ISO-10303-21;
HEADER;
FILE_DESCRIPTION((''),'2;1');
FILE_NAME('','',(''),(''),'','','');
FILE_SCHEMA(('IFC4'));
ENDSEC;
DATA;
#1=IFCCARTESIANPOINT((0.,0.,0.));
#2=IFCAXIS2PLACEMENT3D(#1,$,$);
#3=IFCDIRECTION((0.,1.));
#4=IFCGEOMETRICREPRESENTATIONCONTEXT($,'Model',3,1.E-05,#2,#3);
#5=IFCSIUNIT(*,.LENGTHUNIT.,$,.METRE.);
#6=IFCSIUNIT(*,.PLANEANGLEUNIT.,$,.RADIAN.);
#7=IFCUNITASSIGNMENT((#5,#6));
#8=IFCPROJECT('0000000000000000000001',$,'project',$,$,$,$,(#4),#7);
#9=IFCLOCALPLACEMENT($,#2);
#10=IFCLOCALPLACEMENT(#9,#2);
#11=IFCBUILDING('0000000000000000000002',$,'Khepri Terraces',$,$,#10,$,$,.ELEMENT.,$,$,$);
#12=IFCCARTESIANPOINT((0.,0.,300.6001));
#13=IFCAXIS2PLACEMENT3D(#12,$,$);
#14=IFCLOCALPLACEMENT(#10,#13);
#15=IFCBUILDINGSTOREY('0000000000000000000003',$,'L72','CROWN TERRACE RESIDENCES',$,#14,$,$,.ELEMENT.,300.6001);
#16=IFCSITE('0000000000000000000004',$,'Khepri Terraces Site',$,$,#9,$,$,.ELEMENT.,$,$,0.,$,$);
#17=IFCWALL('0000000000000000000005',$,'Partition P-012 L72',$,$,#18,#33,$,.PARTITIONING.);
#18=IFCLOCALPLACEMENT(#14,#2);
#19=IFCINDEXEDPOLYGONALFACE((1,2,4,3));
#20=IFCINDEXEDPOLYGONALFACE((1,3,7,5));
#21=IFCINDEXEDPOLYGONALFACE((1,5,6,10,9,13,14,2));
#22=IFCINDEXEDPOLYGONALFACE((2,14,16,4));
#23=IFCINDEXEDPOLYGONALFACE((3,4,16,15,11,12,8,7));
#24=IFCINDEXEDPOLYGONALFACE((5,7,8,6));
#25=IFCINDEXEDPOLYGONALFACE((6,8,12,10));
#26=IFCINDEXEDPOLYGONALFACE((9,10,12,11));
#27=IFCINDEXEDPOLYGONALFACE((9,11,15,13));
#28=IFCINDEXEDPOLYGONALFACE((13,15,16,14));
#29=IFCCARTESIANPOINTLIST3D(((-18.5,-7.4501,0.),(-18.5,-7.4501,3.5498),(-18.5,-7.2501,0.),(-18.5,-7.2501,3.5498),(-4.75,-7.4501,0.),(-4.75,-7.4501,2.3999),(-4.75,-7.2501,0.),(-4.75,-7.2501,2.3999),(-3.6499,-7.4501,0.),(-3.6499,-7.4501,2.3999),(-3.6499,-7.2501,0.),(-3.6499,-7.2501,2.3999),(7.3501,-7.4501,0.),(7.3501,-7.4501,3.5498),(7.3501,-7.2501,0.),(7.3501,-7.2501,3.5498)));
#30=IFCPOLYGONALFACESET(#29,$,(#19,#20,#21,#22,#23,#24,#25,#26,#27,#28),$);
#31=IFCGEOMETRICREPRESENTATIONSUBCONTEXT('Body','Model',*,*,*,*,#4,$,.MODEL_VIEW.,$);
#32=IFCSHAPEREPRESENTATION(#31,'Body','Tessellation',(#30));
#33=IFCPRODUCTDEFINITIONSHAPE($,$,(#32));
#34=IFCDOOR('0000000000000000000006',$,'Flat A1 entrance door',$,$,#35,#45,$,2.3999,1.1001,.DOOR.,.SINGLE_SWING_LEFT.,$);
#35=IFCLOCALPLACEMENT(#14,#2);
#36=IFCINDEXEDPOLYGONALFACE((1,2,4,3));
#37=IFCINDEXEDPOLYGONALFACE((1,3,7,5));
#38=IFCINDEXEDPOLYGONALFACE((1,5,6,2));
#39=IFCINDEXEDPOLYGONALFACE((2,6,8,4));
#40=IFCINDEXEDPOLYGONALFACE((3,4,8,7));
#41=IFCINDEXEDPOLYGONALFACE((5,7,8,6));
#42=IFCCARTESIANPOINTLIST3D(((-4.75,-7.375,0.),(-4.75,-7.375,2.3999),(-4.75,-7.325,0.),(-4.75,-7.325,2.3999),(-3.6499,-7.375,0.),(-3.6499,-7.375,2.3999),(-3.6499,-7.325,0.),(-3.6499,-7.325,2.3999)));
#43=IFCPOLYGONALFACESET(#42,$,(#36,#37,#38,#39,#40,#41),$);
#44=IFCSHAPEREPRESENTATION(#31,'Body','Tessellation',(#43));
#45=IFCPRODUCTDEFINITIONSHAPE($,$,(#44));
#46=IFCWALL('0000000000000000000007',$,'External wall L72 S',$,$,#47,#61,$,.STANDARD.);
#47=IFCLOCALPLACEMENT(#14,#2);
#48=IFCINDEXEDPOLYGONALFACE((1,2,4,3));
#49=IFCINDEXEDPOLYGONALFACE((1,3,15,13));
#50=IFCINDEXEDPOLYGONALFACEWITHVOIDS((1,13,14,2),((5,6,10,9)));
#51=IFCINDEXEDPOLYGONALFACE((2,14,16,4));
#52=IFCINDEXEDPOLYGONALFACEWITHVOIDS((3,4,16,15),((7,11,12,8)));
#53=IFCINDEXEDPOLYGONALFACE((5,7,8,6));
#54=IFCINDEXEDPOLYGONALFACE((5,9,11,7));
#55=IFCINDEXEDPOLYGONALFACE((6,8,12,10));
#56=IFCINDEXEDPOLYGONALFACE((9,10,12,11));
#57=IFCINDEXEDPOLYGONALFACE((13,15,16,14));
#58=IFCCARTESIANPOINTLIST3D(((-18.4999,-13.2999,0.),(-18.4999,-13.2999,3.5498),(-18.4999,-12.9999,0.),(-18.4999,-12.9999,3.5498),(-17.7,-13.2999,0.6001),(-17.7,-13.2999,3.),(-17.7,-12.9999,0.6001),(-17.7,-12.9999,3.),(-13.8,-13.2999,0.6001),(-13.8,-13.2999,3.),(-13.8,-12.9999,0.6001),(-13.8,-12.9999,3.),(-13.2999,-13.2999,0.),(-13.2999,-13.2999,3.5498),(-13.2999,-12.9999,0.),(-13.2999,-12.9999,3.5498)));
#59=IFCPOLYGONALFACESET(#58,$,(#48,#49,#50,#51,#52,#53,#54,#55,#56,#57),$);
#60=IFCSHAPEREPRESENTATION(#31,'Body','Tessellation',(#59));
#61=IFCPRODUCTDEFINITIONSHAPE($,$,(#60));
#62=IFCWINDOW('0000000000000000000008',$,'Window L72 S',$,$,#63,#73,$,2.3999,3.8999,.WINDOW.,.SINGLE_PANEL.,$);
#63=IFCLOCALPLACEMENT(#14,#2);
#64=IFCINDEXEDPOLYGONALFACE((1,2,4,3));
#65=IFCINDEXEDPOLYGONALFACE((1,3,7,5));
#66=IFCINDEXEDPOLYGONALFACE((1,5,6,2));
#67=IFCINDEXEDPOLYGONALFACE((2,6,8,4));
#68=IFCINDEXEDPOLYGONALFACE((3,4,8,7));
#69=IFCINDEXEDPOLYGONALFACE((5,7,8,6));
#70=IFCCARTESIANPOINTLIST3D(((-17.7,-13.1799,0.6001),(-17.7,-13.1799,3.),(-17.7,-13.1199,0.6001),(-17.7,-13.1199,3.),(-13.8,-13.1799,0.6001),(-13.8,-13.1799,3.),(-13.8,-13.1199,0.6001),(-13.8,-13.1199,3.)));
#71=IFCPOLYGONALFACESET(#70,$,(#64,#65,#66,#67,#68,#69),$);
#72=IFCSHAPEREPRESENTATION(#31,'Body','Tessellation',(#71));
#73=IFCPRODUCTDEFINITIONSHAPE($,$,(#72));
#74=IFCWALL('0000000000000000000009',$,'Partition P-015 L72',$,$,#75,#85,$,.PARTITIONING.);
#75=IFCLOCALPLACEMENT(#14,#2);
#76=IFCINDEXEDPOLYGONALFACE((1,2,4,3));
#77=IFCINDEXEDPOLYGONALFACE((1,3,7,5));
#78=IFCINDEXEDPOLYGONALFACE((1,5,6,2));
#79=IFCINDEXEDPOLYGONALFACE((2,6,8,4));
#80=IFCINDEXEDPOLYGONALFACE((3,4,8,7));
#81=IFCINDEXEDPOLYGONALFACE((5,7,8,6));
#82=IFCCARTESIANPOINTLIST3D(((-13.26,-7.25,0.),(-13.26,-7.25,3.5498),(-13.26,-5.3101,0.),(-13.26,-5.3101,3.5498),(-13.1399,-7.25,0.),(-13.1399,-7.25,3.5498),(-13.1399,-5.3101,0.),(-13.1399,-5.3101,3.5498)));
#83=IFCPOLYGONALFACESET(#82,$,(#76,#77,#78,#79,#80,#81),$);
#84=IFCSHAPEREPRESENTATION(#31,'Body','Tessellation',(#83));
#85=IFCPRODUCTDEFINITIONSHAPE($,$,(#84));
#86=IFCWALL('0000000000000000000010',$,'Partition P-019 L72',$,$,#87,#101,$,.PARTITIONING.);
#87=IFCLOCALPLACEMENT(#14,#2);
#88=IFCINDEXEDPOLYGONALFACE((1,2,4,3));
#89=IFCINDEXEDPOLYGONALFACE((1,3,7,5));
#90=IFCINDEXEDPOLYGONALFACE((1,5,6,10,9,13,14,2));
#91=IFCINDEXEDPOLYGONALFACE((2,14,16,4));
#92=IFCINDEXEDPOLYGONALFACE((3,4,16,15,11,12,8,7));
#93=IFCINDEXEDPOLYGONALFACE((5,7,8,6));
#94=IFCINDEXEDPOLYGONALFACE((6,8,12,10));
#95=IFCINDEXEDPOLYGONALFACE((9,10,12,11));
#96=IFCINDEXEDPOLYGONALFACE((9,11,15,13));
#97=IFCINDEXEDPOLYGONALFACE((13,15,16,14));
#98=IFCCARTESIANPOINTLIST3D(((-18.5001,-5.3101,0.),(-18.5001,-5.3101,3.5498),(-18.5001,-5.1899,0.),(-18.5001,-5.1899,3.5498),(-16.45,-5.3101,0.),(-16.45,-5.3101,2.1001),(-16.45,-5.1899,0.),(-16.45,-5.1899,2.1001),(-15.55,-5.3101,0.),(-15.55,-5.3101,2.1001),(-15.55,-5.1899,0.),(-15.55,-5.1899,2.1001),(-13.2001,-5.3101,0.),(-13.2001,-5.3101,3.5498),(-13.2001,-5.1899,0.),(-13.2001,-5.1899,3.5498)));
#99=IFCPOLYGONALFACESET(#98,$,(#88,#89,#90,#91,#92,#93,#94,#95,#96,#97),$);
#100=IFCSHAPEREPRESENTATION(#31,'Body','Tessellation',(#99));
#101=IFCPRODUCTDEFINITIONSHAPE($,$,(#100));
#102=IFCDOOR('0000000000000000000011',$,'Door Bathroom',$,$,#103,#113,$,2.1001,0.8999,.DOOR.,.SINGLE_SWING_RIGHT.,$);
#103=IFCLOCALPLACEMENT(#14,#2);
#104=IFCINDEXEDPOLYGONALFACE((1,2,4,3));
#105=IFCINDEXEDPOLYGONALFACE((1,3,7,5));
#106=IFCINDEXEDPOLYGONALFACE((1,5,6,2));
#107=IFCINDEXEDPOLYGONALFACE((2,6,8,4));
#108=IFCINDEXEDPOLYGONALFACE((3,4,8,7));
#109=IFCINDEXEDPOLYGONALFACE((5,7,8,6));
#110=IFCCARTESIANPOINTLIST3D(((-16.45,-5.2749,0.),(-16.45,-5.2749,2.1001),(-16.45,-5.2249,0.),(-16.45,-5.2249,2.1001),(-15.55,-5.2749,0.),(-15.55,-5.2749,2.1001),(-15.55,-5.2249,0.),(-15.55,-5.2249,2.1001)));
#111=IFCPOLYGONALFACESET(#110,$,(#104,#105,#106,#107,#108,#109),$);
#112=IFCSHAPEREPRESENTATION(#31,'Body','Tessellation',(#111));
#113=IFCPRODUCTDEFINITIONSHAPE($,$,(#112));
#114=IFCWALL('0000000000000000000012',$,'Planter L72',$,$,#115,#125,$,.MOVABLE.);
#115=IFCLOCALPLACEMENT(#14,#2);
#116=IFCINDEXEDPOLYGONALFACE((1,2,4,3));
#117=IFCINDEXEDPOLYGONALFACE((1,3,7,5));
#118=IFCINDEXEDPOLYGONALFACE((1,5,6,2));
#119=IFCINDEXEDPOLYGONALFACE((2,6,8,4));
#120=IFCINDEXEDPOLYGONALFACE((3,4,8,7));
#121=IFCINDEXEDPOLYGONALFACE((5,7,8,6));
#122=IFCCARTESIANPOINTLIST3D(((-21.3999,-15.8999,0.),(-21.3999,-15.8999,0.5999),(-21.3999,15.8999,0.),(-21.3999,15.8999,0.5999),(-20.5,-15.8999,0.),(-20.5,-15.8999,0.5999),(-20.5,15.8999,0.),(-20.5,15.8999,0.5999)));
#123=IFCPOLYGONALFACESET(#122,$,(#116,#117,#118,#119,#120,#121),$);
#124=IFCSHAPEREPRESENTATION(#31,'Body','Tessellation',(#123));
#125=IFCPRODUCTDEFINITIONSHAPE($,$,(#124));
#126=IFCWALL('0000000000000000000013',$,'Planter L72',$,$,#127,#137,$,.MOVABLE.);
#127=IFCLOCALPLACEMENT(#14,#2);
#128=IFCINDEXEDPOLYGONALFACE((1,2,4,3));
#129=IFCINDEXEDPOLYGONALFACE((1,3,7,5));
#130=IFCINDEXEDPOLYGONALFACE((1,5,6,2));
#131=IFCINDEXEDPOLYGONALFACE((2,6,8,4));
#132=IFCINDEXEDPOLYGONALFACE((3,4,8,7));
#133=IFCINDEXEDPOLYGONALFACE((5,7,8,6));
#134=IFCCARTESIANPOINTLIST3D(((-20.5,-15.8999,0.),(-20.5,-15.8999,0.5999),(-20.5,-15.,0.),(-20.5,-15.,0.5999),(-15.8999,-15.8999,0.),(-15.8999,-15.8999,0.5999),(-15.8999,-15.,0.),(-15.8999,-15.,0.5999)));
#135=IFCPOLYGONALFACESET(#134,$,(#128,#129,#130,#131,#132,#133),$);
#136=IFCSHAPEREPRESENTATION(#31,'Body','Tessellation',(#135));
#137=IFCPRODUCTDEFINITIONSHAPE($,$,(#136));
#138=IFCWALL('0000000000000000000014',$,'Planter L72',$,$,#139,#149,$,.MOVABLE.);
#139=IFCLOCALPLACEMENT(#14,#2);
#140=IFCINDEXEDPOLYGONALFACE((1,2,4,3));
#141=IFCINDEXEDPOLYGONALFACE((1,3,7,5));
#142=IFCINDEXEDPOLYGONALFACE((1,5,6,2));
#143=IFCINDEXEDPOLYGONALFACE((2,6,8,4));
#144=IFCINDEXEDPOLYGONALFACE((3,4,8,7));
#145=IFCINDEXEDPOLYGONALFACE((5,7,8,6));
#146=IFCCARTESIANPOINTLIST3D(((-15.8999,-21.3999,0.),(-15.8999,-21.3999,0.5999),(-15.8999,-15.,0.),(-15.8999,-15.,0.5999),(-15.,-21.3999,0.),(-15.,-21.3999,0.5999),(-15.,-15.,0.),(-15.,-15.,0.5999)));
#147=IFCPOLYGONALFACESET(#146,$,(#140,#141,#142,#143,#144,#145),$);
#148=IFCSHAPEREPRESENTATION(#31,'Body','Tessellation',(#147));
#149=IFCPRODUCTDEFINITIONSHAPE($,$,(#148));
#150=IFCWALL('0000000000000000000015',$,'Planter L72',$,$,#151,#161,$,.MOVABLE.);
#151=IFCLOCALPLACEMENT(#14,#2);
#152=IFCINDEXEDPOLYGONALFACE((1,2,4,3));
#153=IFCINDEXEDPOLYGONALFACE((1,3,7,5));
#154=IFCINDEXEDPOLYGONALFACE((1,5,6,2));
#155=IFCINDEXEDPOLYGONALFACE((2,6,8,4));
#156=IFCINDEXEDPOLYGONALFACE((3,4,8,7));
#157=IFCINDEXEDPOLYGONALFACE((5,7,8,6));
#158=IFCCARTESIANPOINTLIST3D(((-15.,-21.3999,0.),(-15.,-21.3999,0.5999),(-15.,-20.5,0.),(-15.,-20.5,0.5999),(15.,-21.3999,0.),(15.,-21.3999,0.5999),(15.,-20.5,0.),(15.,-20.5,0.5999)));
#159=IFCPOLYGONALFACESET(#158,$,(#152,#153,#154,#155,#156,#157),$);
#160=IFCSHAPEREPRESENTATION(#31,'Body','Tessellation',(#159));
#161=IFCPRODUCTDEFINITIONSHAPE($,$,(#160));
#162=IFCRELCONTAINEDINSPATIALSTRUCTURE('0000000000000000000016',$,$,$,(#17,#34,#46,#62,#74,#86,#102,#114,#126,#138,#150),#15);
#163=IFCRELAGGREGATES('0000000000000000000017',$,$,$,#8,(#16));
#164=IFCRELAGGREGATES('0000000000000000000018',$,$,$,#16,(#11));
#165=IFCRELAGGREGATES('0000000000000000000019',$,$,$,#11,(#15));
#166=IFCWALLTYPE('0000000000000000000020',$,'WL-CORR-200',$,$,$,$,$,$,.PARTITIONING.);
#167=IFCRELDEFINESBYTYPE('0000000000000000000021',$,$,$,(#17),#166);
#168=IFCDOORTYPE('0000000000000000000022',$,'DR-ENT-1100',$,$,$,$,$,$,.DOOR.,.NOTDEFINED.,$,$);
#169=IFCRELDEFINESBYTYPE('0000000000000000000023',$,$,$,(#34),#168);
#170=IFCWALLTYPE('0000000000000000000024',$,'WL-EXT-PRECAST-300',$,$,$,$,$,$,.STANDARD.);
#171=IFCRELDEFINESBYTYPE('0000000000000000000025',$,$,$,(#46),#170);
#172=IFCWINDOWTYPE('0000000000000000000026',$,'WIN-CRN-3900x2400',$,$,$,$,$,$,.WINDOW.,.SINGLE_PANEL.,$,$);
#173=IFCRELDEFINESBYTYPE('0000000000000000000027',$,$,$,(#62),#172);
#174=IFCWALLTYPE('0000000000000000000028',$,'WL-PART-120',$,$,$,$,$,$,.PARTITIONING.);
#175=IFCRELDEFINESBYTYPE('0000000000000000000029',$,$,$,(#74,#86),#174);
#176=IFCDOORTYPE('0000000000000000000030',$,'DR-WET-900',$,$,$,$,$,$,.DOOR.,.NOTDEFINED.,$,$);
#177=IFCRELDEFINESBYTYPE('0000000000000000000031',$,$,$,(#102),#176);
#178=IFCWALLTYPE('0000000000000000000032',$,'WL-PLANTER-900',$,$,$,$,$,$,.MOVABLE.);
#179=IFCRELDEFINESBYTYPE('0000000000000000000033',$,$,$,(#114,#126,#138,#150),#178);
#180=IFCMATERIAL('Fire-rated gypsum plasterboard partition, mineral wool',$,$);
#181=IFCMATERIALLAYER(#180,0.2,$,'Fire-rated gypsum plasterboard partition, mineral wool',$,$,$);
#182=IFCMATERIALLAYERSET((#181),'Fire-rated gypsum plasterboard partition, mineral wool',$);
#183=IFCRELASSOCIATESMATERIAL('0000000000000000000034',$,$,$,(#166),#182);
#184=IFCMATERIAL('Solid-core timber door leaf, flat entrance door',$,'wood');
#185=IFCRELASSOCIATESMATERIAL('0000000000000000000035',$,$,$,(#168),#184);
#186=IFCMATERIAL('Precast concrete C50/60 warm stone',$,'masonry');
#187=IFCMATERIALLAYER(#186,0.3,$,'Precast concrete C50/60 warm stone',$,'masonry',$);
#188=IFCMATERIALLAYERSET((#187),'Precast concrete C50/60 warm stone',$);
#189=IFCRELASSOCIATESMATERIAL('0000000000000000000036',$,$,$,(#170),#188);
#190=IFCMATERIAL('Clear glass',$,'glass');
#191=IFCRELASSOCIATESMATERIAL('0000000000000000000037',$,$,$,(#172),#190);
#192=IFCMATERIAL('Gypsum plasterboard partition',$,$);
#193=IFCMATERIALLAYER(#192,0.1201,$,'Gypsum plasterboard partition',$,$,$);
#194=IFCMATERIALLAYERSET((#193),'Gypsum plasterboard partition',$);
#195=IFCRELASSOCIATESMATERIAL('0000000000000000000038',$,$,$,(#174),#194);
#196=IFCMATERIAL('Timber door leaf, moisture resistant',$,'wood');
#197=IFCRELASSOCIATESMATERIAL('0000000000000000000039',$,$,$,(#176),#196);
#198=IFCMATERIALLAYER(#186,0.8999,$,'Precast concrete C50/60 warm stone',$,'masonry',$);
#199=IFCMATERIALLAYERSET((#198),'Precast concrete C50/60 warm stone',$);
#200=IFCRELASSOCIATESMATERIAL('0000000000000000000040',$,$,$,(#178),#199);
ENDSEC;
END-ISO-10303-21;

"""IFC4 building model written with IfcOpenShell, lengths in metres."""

from ifc_helpers import new_model, si_unit, direction, frame, frame_2d, origin, place, context, subcontext, project, spatial, rectangle, extrude, material, layer, layer_set, type_object, element, fill, save


model = new_model("IFC4")

# Units and contexts
model_context = context("Model", 3, precision=1e-05, world=origin(), true_north=direction((0.0, 1.0)))
body_context = subcontext(model_context, "Body", "Model", "MODEL_VIEW")
ifc_project = project(units=[si_unit("LENGTHUNIT", "METRE"), si_unit("PLANEANGLEUNIT", "RADIAN")], contexts=[model_context])

# Site, building, storey
site_placement = place(None, origin())
site = spatial("IfcSite", under=ifc_project, at=site_placement, Name="Khepri Terraces Site", CompositionType="ELEMENT", RefElevation=0.0)
building_placement = place(site_placement, origin())
building = spatial("IfcBuilding", under=site, at=building_placement, Name="Khepri Terraces", CompositionType="ELEMENT")
storey_placement = place(building_placement, frame((0.0, 0.0, 300.6001)))
storey = spatial("IfcBuildingStorey", under=building, at=storey_placement, Name="L72", Description="CROWN TERRACE RESIDENCES", CompositionType="ELEMENT", Elevation=300.6001)

# Wall, opening, door
ifc_material_1 = material(Name="Fire-rated gypsum plasterboard partition, mineral wool")
ifc_layer_1 = layer(ifc_material_1, 0.2, Name="Fire-rated gypsum plasterboard partition, mineral wool")
ifc_layer_set_1 = layer_set([ifc_layer_1], Name="Fire-rated gypsum plasterboard partition, mineral wool")
wall_type_1 = type_object("IfcWallType", Name="WL-CORR-200", PredefinedType="PARTITIONING", material=ifc_layer_set_1)
wall_1_placement = place(storey_placement, frame((-18.5, -7.3501, 0.0), z_axis=(0.0, 0.0, 1.0), x_axis=(1.0, 0.0, 0.0)))
wall_1 = element("IfcWall", 1, at=wall_1_placement, inside=storey, type_object=wall_type_1, Name="Partition P-012 L72", PredefinedType="PARTITIONING", context=body_context, shape_type="SweptSolid", body=[
    extrude(rectangle(XDim=25.8501, YDim=0.2, at=frame_2d((12.925, 0.0))), origin(), (0.0, 0.0, 1.0), 3.5498),
])
opening_1_placement = place(wall_1_placement, frame((13.75, 0.0, 0.0)))
opening_1 = element("IfcOpeningElement", 2, at=opening_1_placement, cuts=wall_1, PredefinedType="OPENING", context=body_context, shape_type="SweptSolid", body=[
    extrude(rectangle(XDim=1.1001, YDim=2.3999, at=frame_2d((0.55, 1.2))), frame((0.0, 0.1099, 0.0), z_axis=(0.0, -1.0, 0.0), x_axis=(1.0, 0.0, 0.0)), (0.0, 0.0, 1.0), 0.22),
])
ifc_material_2 = material(Name="Solid-core timber door leaf, flat entrance door", Category="wood")
door_type_1 = type_object("IfcDoorType", Name="DR-ENT-1100", OperationType="NOTDEFINED", PredefinedType="DOOR", material=ifc_material_2)
door_1_placement = place(opening_1_placement, frame((1.1001, 0.0, 0.0), z_axis=(0.0, 0.0, 1.0), x_axis=(-1.0, 0.0, 0.0)))
door_1 = element("IfcDoor", 3, at=door_1_placement, inside=storey, type_object=door_type_1, Name="Flat A1 entrance door", OperationType="SINGLE_SWING_LEFT", OverallHeight=2.3999, OverallWidth=1.1001, PredefinedType="DOOR", context=body_context, shape_type="SweptSolid", body=[
    extrude(rectangle(XDim=1.1001, YDim=2.3999, at=frame_2d((0.55, 1.2))), frame((0.0, 0.0249, 0.0), z_axis=(0.0, -1.0, 0.0), x_axis=(1.0, 0.0, 0.0)), (0.0, 0.0, 1.0), 0.05),
])
fill(opening_1, door_1)

# Wall, opening, window
ifc_material_3 = material(Name="Precast concrete C50/60 warm stone", Category="masonry")
ifc_layer_2 = layer(ifc_material_3, 0.3, Name="Precast concrete C50/60 warm stone", Category="masonry")
ifc_layer_set_2 = layer_set([ifc_layer_2], Name="Precast concrete C50/60 warm stone")
wall_type_2 = type_object("IfcWallType", Name="WL-EXT-PRECAST-300", PredefinedType="STANDARD", material=ifc_layer_set_2)
wall_2_placement = place(storey_placement, frame((-18.5, -13.1499, 0.0), z_axis=(0.0, 0.0, 1.0), x_axis=(1.0, 0.0, 0.0)))
wall_2 = element("IfcWall", 4, at=wall_2_placement, inside=storey, type_object=wall_type_2, Name="External wall L72 S", PredefinedType="STANDARD", context=body_context, shape_type="SweptSolid", body=[
    extrude(rectangle(XDim=5.2, YDim=0.3, at=frame_2d((2.6001, 0.0))), origin(), (0.0, 0.0, 1.0), 3.5498),
])
opening_2_placement = place(wall_2_placement, frame((0.8, 0.0, 0.6001)))
opening_2 = element("IfcOpeningElement", 5, at=opening_2_placement, cuts=wall_2, PredefinedType="OPENING", context=body_context, shape_type="SweptSolid", body=[
    extrude(rectangle(XDim=3.8999, YDim=2.3999, at=frame_2d((1.95, 1.2))), frame((0.0, 0.1602, 0.0), z_axis=(0.0, -1.0, 0.0), x_axis=(1.0, 0.0, 0.0)), (0.0, 0.0, 1.0), 0.3201),
])
ifc_material_4 = material(Name="Clear glass", Category="glass")
window_type = type_object("IfcWindowType", Name="WIN-CRN-3900x2400", PartitioningType="SINGLE_PANEL", PredefinedType="WINDOW", material=ifc_material_4)
window_placement = place(opening_2_placement, origin())
window = element("IfcWindow", 6, at=window_placement, inside=storey, type_object=window_type, Name="Window L72 S", OverallHeight=2.3999, OverallWidth=3.8999, PartitioningType="SINGLE_PANEL", PredefinedType="WINDOW", context=body_context, shape_type="SweptSolid", body=[
    extrude(rectangle(XDim=3.8999, YDim=2.3999, at=frame_2d((1.95, 1.2))), frame((0.0, 0.03, 0.0), z_axis=(0.0, -1.0, 0.0), x_axis=(1.0, 0.0, 0.0)), (0.0, 0.0, 1.0), 0.0601),
])
fill(opening_2, window)

# Wall
ifc_material_5 = material(Name="Gypsum plasterboard partition")
ifc_layer_3 = layer(ifc_material_5, 0.1201, Name="Gypsum plasterboard partition")
ifc_layer_set_3 = layer_set([ifc_layer_3], Name="Gypsum plasterboard partition")
wall_type_3 = type_object("IfcWallType", Name="WL-PART-120", PredefinedType="PARTITIONING", material=ifc_layer_set_3)
wall_3_placement = place(storey_placement, frame((-13.2, -7.25, 0.0), z_axis=(0.0, 0.0, 1.0), x_axis=(0.0, 1.0, 0.0)))
element("IfcWall", 7, at=wall_3_placement, inside=storey, type_object=wall_type_3, Name="Partition P-015 L72", PredefinedType="PARTITIONING", context=body_context, shape_type="SweptSolid", body=[
    extrude(rectangle(XDim=1.9399, YDim=0.1201, at=frame_2d((0.97, 0.0))), origin(), (0.0, 0.0, 1.0), 3.5498),
])

# Wall, opening, door
wall_4_placement = place(storey_placement, frame((-18.5, -5.25, 0.0), z_axis=(0.0, 0.0, 1.0), x_axis=(1.0, 0.0, 0.0)))
wall_4 = element("IfcWall", 8, at=wall_4_placement, inside=storey, type_object=wall_type_3, Name="Partition P-019 L72", PredefinedType="PARTITIONING", context=body_context, shape_type="SweptSolid", body=[
    extrude(rectangle(XDim=5.3, YDim=0.1201, at=frame_2d((2.6499, 0.0))), origin(), (0.0, 0.0, 1.0), 3.5498),
])
opening_3_placement = place(wall_4_placement, frame((2.05, 0.0, 0.0)))
opening_3 = element("IfcOpeningElement", 9, at=opening_3_placement, cuts=wall_4, PredefinedType="OPENING", context=body_context, shape_type="SweptSolid", body=[
    extrude(rectangle(XDim=0.8999, YDim=2.1001, at=frame_2d((0.45, 1.05))), frame((0.0, 0.0701, 0.0), z_axis=(0.0, -1.0, 0.0), x_axis=(1.0, 0.0, 0.0)), (0.0, 0.0, 1.0), 0.1401),
])
ifc_material_6 = material(Name="Timber door leaf, moisture resistant", Category="wood")
door_type_2 = type_object("IfcDoorType", Name="DR-WET-900", OperationType="NOTDEFINED", PredefinedType="DOOR", material=ifc_material_6)
door_2_placement = place(opening_3_placement, frame((0.8999, 0.0, 0.0), z_axis=(0.0, 0.0, 1.0), x_axis=(-1.0, 0.0, 0.0)))
door_2 = element("IfcDoor", 10, at=door_2_placement, inside=storey, type_object=door_type_2, Name="Door Bathroom", OperationType="SINGLE_SWING_RIGHT", OverallHeight=2.1001, OverallWidth=0.8999, PredefinedType="DOOR", context=body_context, shape_type="SweptSolid", body=[
    extrude(rectangle(XDim=0.8999, YDim=2.1001, at=frame_2d((0.45, 1.05))), frame((0.0, 0.0249, 0.0), z_axis=(0.0, -1.0, 0.0), x_axis=(1.0, 0.0, 0.0)), (0.0, 0.0, 1.0), 0.05),
])
fill(opening_3, door_2)

# Walls
ifc_layer_4 = layer(ifc_material_3, 0.8999, Name="Precast concrete C50/60 warm stone", Category="masonry")
ifc_layer_set_4 = layer_set([ifc_layer_4], Name="Precast concrete C50/60 warm stone")
wall_type_4 = type_object("IfcWallType", Name="WL-PLANTER-900", PredefinedType="MOVABLE", material=ifc_layer_set_4)
wall_5_placement = place(storey_placement, frame((-20.95, -15.8999, 0.0), z_axis=(0.0, 0.0, 1.0), x_axis=(0.0, 1.0, 0.0)))
element("IfcWall", 11, at=wall_5_placement, inside=storey, type_object=wall_type_4, Name="Planter L72", PredefinedType="MOVABLE", context=body_context, shape_type="SweptSolid", body=[
    extrude(rectangle(XDim=31.7998, YDim=0.8999, at=frame_2d((15.8999, 0.0))), origin(), (0.0, 0.0, 1.0), 0.5999),
])
wall_6_placement = place(storey_placement, frame((-20.5, -15.45, 0.0), z_axis=(0.0, 0.0, 1.0), x_axis=(1.0, 0.0, 0.0)))
element("IfcWall", 12, at=wall_6_placement, inside=storey, type_object=wall_type_4, Name="Planter L72", PredefinedType="MOVABLE", context=body_context, shape_type="SweptSolid", body=[
    extrude(rectangle(XDim=4.6001, YDim=0.8999, at=frame_2d((2.3, 0.0))), origin(), (0.0, 0.0, 1.0), 0.5999),
])
wall_7_placement = place(storey_placement, frame((-15.45, -21.3999, 0.0), z_axis=(0.0, 0.0, 1.0), x_axis=(0.0, 1.0, 0.0)))
element("IfcWall", 13, at=wall_7_placement, inside=storey, type_object=wall_type_4, Name="Planter L72", PredefinedType="MOVABLE", context=body_context, shape_type="SweptSolid", body=[
    extrude(rectangle(XDim=6.3999, YDim=0.8999, at=frame_2d((3.2, 0.0))), origin(), (0.0, 0.0, 1.0), 0.5999),
])
wall_8_placement = place(storey_placement, frame((-15.0, -20.95, 0.0), z_axis=(0.0, 0.0, 1.0), x_axis=(1.0, 0.0, 0.0)))
element("IfcWall", 14, at=wall_8_placement, inside=storey, type_object=wall_type_4, Name="Planter L72", PredefinedType="MOVABLE", context=body_context, shape_type="SweptSolid", body=[
    extrude(rectangle(XDim=30.0, YDim=0.8999, at=frame_2d((15.0, 0.0))), origin(), (0.0, 0.0, 1.0), 0.5999),
])

save(model, "model.ifc")
